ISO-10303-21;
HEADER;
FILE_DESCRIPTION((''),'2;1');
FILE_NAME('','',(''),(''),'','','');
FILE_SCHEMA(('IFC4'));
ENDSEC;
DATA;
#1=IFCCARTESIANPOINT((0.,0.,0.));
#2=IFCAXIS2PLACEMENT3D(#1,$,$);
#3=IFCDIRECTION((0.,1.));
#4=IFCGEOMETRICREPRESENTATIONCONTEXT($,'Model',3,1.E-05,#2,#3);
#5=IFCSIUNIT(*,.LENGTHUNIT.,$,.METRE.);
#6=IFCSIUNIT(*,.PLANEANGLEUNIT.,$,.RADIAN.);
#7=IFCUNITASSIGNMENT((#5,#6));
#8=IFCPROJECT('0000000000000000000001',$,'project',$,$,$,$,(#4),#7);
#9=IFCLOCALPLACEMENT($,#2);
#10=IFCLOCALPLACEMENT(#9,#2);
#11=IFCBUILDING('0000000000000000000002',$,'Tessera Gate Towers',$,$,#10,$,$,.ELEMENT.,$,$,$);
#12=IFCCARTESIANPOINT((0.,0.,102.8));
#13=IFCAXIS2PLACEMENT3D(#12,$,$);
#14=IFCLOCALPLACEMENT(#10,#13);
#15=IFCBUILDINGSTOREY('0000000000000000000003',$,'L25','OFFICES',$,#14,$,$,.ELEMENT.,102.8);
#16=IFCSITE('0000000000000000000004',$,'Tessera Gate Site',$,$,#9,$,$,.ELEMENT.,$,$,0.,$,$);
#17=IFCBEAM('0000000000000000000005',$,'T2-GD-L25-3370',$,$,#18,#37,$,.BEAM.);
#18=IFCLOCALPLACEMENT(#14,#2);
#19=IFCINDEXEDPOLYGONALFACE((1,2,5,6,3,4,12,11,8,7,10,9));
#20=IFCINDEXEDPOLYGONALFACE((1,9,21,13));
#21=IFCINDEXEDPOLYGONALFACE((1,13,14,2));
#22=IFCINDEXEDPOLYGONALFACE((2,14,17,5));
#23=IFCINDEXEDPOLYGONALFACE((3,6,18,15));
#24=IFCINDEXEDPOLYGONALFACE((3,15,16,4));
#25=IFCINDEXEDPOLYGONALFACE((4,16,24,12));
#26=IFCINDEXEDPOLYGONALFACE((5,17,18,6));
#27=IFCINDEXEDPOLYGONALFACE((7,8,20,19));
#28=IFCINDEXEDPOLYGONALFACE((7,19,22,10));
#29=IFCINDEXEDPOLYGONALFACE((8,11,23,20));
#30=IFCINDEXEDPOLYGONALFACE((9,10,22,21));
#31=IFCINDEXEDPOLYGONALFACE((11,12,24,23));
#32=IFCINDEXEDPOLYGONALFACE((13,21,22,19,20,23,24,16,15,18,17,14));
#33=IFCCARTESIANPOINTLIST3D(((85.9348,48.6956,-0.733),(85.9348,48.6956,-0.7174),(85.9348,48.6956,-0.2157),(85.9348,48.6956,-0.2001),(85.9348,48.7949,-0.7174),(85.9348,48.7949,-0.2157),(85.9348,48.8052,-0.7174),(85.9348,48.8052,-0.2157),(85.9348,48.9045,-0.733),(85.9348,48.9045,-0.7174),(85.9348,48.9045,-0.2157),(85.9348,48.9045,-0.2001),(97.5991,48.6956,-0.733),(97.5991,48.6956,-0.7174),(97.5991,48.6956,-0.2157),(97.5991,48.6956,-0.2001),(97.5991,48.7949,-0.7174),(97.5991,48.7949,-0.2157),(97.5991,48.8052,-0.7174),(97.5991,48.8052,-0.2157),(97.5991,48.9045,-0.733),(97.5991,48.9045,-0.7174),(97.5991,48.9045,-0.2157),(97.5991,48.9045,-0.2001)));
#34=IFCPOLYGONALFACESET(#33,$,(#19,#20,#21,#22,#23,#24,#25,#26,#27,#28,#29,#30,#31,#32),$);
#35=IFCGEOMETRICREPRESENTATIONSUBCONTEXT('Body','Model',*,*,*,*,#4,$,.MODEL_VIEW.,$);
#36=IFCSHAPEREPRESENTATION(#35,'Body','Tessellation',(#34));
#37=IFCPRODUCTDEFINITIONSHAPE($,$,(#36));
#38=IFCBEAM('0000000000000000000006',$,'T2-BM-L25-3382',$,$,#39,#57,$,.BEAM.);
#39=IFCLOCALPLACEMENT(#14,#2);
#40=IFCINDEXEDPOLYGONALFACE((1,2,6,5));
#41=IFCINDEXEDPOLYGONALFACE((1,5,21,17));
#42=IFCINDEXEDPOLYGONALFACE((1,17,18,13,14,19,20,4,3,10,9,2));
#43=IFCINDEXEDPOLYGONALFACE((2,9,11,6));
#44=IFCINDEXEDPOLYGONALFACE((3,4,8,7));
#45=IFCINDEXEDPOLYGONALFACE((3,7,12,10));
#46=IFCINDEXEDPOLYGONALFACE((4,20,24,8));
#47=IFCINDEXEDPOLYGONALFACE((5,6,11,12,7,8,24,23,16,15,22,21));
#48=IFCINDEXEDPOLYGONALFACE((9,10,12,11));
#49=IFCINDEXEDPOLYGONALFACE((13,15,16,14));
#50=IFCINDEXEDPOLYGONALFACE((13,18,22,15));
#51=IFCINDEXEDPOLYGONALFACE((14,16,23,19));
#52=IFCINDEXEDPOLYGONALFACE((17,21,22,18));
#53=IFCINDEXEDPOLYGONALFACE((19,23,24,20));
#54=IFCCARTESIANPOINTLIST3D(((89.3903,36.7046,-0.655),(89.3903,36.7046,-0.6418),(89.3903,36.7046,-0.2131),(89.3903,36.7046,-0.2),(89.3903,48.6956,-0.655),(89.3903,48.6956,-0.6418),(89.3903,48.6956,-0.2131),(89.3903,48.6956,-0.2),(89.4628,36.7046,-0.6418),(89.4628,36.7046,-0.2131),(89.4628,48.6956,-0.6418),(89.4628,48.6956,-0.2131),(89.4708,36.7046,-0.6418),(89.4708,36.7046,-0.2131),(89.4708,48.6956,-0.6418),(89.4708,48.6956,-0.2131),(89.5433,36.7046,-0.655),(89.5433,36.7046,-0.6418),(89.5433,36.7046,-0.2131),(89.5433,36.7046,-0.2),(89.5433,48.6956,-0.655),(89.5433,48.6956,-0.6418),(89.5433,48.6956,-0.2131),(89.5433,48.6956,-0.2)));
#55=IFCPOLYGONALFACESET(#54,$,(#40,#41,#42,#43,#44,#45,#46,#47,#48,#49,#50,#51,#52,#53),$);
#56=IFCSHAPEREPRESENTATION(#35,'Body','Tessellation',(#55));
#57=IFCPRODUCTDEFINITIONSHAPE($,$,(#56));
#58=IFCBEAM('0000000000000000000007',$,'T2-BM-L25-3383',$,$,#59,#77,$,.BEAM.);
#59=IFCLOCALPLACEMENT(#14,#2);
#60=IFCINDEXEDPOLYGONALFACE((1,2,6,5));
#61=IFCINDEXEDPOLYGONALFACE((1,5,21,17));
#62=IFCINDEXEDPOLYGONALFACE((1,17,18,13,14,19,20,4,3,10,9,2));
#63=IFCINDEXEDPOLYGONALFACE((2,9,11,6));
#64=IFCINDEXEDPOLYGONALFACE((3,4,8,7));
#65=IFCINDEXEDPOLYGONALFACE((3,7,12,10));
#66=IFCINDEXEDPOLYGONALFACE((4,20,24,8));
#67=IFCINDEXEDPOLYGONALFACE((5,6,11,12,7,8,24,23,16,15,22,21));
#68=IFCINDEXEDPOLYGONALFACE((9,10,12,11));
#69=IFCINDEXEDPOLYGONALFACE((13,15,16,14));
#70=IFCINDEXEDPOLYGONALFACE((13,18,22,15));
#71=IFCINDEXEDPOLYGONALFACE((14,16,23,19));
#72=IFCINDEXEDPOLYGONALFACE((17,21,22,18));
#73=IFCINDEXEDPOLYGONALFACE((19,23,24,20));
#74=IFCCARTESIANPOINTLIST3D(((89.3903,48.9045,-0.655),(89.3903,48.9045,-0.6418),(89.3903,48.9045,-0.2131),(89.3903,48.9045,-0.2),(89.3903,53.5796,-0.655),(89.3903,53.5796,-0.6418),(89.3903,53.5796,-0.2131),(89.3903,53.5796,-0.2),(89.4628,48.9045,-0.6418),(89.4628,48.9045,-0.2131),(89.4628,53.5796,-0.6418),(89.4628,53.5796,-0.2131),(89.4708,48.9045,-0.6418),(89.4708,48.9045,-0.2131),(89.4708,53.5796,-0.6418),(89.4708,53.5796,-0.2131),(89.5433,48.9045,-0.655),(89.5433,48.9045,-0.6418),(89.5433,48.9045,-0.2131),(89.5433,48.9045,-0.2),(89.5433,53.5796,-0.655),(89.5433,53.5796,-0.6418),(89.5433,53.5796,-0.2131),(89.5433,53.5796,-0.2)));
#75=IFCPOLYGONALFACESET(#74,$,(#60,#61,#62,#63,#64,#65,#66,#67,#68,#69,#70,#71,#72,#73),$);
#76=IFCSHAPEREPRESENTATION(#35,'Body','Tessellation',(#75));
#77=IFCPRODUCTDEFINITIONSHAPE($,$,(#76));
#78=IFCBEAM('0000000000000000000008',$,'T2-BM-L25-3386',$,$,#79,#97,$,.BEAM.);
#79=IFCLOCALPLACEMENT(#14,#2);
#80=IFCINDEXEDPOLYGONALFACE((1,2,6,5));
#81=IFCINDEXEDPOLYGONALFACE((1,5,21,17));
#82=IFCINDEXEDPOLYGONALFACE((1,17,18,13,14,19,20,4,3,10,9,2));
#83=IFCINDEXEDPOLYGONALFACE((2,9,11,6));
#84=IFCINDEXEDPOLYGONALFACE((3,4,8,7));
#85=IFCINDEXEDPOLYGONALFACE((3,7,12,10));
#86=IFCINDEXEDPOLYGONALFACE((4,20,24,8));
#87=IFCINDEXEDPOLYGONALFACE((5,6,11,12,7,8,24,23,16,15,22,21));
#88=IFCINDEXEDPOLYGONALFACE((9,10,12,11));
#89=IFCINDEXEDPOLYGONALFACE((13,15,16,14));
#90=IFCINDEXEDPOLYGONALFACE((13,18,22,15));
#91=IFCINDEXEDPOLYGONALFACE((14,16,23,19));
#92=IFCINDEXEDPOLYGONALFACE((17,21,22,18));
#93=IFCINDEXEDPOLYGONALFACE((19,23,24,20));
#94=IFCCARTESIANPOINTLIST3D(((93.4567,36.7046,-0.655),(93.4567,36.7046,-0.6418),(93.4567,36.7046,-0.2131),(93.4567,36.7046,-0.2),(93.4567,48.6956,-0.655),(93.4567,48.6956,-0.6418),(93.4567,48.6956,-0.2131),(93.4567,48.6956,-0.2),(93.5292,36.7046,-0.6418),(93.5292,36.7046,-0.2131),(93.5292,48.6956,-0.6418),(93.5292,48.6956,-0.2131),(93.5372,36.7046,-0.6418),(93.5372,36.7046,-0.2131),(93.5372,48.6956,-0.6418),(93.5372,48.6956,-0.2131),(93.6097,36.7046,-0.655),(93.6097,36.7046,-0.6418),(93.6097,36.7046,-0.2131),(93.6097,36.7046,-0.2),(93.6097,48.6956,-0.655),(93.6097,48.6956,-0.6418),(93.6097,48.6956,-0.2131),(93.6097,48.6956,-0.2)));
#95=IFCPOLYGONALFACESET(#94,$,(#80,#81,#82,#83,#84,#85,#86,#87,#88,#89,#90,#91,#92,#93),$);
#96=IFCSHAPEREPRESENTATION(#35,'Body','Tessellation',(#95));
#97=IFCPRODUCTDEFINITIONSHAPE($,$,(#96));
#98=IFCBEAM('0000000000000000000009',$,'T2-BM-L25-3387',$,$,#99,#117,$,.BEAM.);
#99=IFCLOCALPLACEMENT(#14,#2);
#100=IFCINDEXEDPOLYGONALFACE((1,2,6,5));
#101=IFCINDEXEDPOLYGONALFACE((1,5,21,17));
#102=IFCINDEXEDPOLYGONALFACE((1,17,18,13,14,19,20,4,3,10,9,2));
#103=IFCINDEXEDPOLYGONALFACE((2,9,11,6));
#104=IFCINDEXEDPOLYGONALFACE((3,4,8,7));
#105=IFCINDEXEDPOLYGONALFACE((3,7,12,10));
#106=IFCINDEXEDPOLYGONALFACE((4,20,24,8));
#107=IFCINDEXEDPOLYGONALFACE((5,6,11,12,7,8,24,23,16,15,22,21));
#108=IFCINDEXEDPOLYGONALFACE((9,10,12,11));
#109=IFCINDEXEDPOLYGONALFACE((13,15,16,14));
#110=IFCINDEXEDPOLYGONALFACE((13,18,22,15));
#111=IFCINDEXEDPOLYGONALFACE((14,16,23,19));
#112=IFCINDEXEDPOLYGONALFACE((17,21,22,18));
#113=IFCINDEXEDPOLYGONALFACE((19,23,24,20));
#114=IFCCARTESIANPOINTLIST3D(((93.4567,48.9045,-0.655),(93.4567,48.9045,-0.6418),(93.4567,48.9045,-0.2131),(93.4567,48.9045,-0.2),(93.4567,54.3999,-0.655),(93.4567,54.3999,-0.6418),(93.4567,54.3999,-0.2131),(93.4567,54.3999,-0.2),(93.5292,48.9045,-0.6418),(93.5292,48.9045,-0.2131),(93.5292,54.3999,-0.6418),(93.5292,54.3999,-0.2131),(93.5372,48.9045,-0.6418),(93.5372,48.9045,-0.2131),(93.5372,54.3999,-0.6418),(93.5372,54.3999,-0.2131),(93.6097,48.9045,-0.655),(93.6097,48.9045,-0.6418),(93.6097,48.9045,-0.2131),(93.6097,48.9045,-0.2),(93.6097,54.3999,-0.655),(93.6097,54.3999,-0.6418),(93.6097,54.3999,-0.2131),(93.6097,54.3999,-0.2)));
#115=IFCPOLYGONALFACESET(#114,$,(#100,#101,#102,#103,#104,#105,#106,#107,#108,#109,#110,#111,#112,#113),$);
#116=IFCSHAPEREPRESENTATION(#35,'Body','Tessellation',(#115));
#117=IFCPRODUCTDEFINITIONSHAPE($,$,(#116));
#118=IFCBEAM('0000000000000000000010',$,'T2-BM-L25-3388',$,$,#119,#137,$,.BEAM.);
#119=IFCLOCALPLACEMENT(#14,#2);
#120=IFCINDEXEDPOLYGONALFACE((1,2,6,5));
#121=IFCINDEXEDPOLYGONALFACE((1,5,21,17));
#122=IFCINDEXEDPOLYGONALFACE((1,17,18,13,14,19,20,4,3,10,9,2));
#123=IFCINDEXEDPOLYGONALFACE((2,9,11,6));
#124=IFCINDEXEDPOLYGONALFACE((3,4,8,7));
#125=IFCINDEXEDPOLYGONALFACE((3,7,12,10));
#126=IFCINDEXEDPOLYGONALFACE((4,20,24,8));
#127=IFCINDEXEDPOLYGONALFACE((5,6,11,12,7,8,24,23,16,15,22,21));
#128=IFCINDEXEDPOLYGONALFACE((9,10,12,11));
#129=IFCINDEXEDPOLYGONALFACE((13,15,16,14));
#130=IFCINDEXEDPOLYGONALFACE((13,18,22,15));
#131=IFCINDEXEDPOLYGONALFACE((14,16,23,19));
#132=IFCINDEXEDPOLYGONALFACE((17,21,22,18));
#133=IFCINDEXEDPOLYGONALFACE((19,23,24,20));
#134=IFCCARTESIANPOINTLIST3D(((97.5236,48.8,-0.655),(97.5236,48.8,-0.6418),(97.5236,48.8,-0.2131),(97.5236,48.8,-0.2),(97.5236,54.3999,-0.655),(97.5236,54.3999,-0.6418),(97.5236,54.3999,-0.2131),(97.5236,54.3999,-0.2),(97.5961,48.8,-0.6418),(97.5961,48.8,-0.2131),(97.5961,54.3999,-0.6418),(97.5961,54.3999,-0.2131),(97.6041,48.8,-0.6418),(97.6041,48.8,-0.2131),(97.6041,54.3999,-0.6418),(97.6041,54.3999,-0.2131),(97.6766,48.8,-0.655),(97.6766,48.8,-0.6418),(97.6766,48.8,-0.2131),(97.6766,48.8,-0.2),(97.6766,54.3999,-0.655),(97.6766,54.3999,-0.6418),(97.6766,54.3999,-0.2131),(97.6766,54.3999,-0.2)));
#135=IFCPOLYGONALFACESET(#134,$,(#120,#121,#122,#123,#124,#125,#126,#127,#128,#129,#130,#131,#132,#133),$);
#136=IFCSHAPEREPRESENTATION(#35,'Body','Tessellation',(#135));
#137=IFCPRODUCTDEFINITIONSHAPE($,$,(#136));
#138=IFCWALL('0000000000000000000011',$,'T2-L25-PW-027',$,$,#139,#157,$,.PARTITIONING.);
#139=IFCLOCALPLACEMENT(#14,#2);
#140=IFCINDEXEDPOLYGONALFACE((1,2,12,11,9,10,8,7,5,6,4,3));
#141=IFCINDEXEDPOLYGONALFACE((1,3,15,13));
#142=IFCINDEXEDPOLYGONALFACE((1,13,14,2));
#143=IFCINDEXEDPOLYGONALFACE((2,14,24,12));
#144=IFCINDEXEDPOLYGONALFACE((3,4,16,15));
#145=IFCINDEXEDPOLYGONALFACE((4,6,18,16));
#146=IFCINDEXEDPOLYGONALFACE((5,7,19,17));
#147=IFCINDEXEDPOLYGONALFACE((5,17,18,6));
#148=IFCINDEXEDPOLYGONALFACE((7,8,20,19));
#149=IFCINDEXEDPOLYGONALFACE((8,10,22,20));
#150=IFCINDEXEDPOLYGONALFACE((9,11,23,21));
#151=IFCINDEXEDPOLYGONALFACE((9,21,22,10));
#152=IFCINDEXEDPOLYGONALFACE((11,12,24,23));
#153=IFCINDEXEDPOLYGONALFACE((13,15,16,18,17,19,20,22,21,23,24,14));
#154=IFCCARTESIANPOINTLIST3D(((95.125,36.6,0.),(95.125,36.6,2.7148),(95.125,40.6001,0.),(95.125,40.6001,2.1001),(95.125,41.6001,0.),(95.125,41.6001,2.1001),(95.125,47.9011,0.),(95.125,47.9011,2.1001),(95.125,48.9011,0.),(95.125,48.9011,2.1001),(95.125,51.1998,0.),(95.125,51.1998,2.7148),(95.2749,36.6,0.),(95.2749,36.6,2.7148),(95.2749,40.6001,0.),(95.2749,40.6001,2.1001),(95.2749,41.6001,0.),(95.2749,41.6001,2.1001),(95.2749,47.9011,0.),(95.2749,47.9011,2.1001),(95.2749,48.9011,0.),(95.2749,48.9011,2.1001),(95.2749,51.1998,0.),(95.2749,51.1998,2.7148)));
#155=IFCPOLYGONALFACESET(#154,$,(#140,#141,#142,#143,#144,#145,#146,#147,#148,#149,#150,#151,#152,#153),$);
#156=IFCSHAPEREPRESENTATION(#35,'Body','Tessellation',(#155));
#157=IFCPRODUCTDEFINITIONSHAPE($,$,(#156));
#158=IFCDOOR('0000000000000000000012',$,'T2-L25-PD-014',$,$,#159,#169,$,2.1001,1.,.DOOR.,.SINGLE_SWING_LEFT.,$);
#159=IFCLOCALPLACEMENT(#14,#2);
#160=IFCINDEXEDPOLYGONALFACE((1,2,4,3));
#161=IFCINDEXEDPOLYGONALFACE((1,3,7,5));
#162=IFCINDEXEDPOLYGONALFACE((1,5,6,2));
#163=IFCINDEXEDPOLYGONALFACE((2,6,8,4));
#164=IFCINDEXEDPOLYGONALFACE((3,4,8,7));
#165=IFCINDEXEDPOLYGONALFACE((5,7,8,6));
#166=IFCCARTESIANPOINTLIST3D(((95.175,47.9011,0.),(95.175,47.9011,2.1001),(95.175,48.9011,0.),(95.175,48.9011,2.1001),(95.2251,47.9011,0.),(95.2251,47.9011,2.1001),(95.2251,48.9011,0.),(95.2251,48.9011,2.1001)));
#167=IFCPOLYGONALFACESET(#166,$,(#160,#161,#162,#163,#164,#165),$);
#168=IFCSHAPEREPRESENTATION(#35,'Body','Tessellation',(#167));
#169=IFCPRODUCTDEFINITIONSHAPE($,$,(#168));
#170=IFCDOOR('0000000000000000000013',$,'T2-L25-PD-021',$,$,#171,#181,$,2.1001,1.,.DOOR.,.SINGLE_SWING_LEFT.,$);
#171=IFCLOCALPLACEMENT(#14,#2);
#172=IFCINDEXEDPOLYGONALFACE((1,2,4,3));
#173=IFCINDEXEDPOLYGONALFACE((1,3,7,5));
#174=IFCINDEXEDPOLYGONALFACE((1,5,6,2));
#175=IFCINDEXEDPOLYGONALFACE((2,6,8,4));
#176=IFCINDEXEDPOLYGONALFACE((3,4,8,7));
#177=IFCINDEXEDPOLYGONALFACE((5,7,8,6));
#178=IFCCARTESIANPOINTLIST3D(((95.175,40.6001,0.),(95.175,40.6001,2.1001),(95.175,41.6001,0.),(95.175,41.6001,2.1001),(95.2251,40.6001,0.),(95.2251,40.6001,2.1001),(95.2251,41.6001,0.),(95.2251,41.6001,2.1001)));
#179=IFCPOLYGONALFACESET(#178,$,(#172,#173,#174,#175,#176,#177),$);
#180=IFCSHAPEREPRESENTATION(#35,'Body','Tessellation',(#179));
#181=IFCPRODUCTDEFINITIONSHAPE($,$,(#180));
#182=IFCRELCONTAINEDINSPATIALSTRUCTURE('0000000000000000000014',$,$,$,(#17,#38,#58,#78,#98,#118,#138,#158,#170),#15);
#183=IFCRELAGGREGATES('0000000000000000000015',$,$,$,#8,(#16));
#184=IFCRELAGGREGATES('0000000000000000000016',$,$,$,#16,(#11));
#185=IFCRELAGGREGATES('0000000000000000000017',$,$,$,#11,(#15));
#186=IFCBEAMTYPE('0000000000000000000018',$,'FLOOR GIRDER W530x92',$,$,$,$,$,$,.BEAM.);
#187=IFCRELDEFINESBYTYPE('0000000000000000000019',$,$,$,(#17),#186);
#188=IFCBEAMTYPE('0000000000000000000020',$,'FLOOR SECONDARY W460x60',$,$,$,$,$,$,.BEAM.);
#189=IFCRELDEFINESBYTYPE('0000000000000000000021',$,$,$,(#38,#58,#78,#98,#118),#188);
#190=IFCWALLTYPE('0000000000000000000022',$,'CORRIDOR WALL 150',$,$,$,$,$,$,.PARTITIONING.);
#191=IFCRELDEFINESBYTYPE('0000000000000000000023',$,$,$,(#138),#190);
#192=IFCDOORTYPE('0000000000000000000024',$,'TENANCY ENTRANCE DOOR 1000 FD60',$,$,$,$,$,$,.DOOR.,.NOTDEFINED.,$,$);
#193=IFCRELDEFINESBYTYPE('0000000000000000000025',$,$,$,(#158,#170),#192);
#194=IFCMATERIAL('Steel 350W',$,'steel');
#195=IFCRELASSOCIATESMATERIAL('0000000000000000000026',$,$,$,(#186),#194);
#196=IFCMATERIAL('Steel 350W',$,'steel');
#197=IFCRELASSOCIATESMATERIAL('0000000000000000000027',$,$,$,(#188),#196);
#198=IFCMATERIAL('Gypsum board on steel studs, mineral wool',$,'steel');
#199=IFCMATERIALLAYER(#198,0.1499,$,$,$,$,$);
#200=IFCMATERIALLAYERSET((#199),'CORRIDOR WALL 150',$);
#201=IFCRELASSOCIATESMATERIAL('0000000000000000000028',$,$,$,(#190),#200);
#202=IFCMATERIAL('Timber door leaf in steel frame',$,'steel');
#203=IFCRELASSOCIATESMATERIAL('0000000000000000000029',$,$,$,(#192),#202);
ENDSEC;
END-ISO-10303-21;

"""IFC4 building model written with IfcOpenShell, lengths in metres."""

from ifc_helpers import new_model, si_unit, direction, frame, frame_2d, origin, origin_2d, place, context, subcontext, project, spatial, rectangle, i_section, extrude, source, transform, mapped, material, layer, layer_set, material_profile, profile_set, type_object, element, fill, save


model = new_model("IFC4")

# Units and contexts
model_context = context("Model", 3, precision=1e-05, world=origin(), true_north=direction((0.0, 1.0)))
body_context = subcontext(model_context, "Body", "Model", "MODEL_VIEW")
ifc_project = project(units=[si_unit("LENGTHUNIT", "METRE"), si_unit("PLANEANGLEUNIT", "RADIAN")], contexts=[model_context])

# Site, building, storey
site_placement = place(None, origin())
site = spatial("IfcSite", under=ifc_project, at=site_placement, Name="Tessera Gate Site", CompositionType="ELEMENT", RefElevation=0.0)
building_placement = place(site_placement, origin())
building = spatial("IfcBuilding", under=site, at=building_placement, Name="Tessera Gate Towers", CompositionType="ELEMENT")
storey_placement = place(building_placement, frame((0.0, 0.0, 102.8)))
storey = spatial("IfcBuildingStorey", under=building, at=storey_placement, Name="L25", Description="OFFICES", CompositionType="ELEMENT", Elevation=102.8)

# Beams
ifc_material_1 = material(Name="Steel 350W", Category="steel")
ifc_material_profile_1 = material_profile(ifc_material_1, i_section(OverallWidth=0.209, OverallDepth=0.533, WebThickness=0.0103, FlangeThickness=0.0156, at=origin_2d()), Name="W530x92")
ifc_profile_set_1 = profile_set([ifc_material_profile_1], Name="Steel 350W")
beam_type_1 = type_object("IfcBeamType", Name="FLOOR GIRDER W530x92", PredefinedType="BEAM", material=ifc_profile_set_1)
beam_1_placement = place(storey_placement, frame((85.9348, 48.8, -0.4666), z_axis=(1.0, 0.0, 0.0), x_axis=(0.0, 1.0, 0.0)))
element("IfcBeam", 1, at=beam_1_placement, inside=storey, type_object=beam_type_1, Name="T2-GD-L25-3370", PredefinedType="BEAM", context=body_context, shape_type="SweptSolid", body=[
    extrude(i_section(OverallWidth=0.209, OverallDepth=0.533, WebThickness=0.0103, FlangeThickness=0.0156, at=origin_2d()), origin(), (0.0, 0.0, 1.0), 11.6643),
])
ifc_material_2 = material(Name="Steel 350W", Category="steel")
ifc_material_profile_2 = material_profile(ifc_material_2, i_section(OverallWidth=0.1531, OverallDepth=0.4551, WebThickness=0.0081, FlangeThickness=0.0132, at=origin_2d()), Name="W460x60")
ifc_profile_set_2 = profile_set([ifc_material_profile_2], Name="Steel 350W")
beam_type_2 = type_object("IfcBeamType", Name="FLOOR SECONDARY W460x60", PredefinedType="BEAM", material=ifc_profile_set_2)
beam_2_placement = place(storey_placement, frame((89.4668, 36.7046, -0.4275), z_axis=(0.0, 1.0, 0.0), x_axis=(-1.0, 0.0, 0.0)))
element("IfcBeam", 2, at=beam_2_placement, inside=storey, type_object=beam_type_2, Name="T2-BM-L25-3382", PredefinedType="BEAM", context=body_context, shape_type="SweptSolid", body=[
    extrude(i_section(OverallWidth=0.1531, OverallDepth=0.4551, WebThickness=0.0081, FlangeThickness=0.0132, at=origin_2d()), origin(), (0.0, 0.0, 1.0), 11.991),
])
beam_3_placement = place(storey_placement, frame((89.4668, 48.9045, -0.4275), z_axis=(0.0, 1.0, 0.0), x_axis=(-1.0, 0.0, 0.0)))
element("IfcBeam", 3, at=beam_3_placement, inside=storey, type_object=beam_type_2, Name="T2-BM-L25-3383", PredefinedType="BEAM", context=body_context, shape_type="SweptSolid", body=[
    extrude(i_section(OverallWidth=0.1531, OverallDepth=0.4551, WebThickness=0.0081, FlangeThickness=0.0132, at=origin_2d()), origin(), (0.0, 0.0, 1.0), 4.675),
])
beam_4_placement = place(storey_placement, frame((93.5332, 36.7046, -0.4275), z_axis=(0.0, 1.0, 0.0), x_axis=(-1.0, 0.0, 0.0)))
element("IfcBeam", 4, at=beam_4_placement, inside=storey, type_object=beam_type_2, Name="T2-BM-L25-3386", PredefinedType="BEAM", context=body_context, shape_type="SweptSolid", body=[
    extrude(i_section(OverallWidth=0.1531, OverallDepth=0.4551, WebThickness=0.0081, FlangeThickness=0.0132, at=origin_2d()), origin(), (0.0, 0.0, 1.0), 11.991),
])
beam_5_placement = place(storey_placement, frame((93.5332, 48.9045, -0.4275), z_axis=(0.0, 1.0, 0.0), x_axis=(-1.0, 0.0, 0.0)))
element("IfcBeam", 5, at=beam_5_placement, inside=storey, type_object=beam_type_2, Name="T2-BM-L25-3387", PredefinedType="BEAM", context=body_context, shape_type="SweptSolid", body=[
    extrude(i_section(OverallWidth=0.1531, OverallDepth=0.4551, WebThickness=0.0081, FlangeThickness=0.0132, at=origin_2d()), origin(), (0.0, 0.0, 1.0), 5.4954),
])
beam_6_placement = place(storey_placement, frame((97.6001, 48.8, -0.4275), z_axis=(0.0, 1.0, 0.0), x_axis=(-1.0, 0.0, 0.0)))
element("IfcBeam", 6, at=beam_6_placement, inside=storey, type_object=beam_type_2, Name="T2-BM-L25-3388", PredefinedType="BEAM", context=body_context, shape_type="SweptSolid", body=[
    extrude(i_section(OverallWidth=0.1531, OverallDepth=0.4551, WebThickness=0.0081, FlangeThickness=0.0132, at=origin_2d()), origin(), (0.0, 0.0, 1.0), 5.5999),
])

# Wall, openings, doors
ifc_material_3 = material(Name="Gypsum board on steel studs, mineral wool", Category="steel")
ifc_layer_1 = layer(ifc_material_3, 0.1499)
ifc_layer_set_1 = layer_set([ifc_layer_1], Name="CORRIDOR WALL 150")
wall_type_1 = type_object("IfcWallType", Name="CORRIDOR WALL 150", PredefinedType="PARTITIONING", material=ifc_layer_set_1)
wall_1_placement = place(storey_placement, frame((95.2, 36.6001, 0.0), z_axis=(0.0, 0.0, 1.0), x_axis=(0.0, 1.0, 0.0)))
wall_1 = element("IfcWall", 7, at=wall_1_placement, inside=storey, type_object=wall_type_1, Name="T2-L25-PW-027", PredefinedType="PARTITIONING", context=body_context, shape_type="SweptSolid", body=[
    extrude(rectangle(XDim=14.5999, YDim=0.1499, at=frame_2d((7.2998, 0.0))), origin(), (0.0, 0.0, 1.0), 2.7148),
])
shared_shape_1 = source(origin(), body_context, "Body", "SweptSolid", [
    extrude(rectangle(XDim=1.0, YDim=2.1001, at=frame_2d((0.5, 1.05))), frame((0.0, 0.085, 0.0), z_axis=(0.0, -1.0, 0.0), x_axis=(1.0, 0.0, 0.0)), (0.0, 0.0, 1.0), 0.1699),
])
opening_1_placement = place(wall_1_placement, frame((11.301, 0.0, 0.0)))
opening_1 = element("IfcOpeningElement", 8, at=opening_1_placement, cuts=wall_1, PredefinedType="OPENING", context=body_context, shape_type="MappedRepresentation", body=[
    mapped(shared_shape_1, transform((0.0, 0.0, 0.0), scale=1.0)),
])
opening_2_placement = place(wall_1_placement, frame((4.0, 0.0, 0.0)))
opening_2 = element("IfcOpeningElement", 9, at=opening_2_placement, cuts=wall_1, PredefinedType="OPENING", context=body_context, shape_type="MappedRepresentation", body=[
    mapped(shared_shape_1, transform((0.0, 0.0, 0.0), scale=1.0)),
])
ifc_material_4 = material(Name="Timber door leaf in steel frame", Category="steel")
door_type_1 = type_object("IfcDoorType", Name="TENANCY ENTRANCE DOOR 1000 FD60", OperationType="NOTDEFINED", PredefinedType="DOOR", material=ifc_material_4)
shared_shape_2 = source(origin(), body_context, "Body", "SweptSolid", [
    extrude(rectangle(XDim=1.0, YDim=2.1001, at=frame_2d((0.5, 1.05))), frame((0.0, 0.0249, 0.0), z_axis=(0.0, -1.0, 0.0), x_axis=(1.0, 0.0, 0.0)), (0.0, 0.0, 1.0), 0.05),
])
door_1_placement = place(opening_1_placement, origin())
door_1 = element("IfcDoor", 10, at=door_1_placement, inside=storey, type_object=door_type_1, Name="T2-L25-PD-014", OperationType="SINGLE_SWING_LEFT", OverallHeight=2.1001, OverallWidth=1.0, PredefinedType="DOOR", context=body_context, shape_type="MappedRepresentation", body=[
    mapped(shared_shape_2, transform((0.0, 0.0, 0.0), scale=1.0)),
])
fill(opening_1, door_1)
door_2_placement = place(opening_2_placement, origin())
door_2 = element("IfcDoor", 11, at=door_2_placement, inside=storey, type_object=door_type_1, Name="T2-L25-PD-021", OperationType="SINGLE_SWING_LEFT", OverallHeight=2.1001, OverallWidth=1.0, PredefinedType="DOOR", context=body_context, shape_type="MappedRepresentation", body=[
    mapped(shared_shape_2, transform((0.0, 0.0, 0.0), scale=1.0)),
])
fill(opening_2, door_2)

save(model, "model.ifc")
